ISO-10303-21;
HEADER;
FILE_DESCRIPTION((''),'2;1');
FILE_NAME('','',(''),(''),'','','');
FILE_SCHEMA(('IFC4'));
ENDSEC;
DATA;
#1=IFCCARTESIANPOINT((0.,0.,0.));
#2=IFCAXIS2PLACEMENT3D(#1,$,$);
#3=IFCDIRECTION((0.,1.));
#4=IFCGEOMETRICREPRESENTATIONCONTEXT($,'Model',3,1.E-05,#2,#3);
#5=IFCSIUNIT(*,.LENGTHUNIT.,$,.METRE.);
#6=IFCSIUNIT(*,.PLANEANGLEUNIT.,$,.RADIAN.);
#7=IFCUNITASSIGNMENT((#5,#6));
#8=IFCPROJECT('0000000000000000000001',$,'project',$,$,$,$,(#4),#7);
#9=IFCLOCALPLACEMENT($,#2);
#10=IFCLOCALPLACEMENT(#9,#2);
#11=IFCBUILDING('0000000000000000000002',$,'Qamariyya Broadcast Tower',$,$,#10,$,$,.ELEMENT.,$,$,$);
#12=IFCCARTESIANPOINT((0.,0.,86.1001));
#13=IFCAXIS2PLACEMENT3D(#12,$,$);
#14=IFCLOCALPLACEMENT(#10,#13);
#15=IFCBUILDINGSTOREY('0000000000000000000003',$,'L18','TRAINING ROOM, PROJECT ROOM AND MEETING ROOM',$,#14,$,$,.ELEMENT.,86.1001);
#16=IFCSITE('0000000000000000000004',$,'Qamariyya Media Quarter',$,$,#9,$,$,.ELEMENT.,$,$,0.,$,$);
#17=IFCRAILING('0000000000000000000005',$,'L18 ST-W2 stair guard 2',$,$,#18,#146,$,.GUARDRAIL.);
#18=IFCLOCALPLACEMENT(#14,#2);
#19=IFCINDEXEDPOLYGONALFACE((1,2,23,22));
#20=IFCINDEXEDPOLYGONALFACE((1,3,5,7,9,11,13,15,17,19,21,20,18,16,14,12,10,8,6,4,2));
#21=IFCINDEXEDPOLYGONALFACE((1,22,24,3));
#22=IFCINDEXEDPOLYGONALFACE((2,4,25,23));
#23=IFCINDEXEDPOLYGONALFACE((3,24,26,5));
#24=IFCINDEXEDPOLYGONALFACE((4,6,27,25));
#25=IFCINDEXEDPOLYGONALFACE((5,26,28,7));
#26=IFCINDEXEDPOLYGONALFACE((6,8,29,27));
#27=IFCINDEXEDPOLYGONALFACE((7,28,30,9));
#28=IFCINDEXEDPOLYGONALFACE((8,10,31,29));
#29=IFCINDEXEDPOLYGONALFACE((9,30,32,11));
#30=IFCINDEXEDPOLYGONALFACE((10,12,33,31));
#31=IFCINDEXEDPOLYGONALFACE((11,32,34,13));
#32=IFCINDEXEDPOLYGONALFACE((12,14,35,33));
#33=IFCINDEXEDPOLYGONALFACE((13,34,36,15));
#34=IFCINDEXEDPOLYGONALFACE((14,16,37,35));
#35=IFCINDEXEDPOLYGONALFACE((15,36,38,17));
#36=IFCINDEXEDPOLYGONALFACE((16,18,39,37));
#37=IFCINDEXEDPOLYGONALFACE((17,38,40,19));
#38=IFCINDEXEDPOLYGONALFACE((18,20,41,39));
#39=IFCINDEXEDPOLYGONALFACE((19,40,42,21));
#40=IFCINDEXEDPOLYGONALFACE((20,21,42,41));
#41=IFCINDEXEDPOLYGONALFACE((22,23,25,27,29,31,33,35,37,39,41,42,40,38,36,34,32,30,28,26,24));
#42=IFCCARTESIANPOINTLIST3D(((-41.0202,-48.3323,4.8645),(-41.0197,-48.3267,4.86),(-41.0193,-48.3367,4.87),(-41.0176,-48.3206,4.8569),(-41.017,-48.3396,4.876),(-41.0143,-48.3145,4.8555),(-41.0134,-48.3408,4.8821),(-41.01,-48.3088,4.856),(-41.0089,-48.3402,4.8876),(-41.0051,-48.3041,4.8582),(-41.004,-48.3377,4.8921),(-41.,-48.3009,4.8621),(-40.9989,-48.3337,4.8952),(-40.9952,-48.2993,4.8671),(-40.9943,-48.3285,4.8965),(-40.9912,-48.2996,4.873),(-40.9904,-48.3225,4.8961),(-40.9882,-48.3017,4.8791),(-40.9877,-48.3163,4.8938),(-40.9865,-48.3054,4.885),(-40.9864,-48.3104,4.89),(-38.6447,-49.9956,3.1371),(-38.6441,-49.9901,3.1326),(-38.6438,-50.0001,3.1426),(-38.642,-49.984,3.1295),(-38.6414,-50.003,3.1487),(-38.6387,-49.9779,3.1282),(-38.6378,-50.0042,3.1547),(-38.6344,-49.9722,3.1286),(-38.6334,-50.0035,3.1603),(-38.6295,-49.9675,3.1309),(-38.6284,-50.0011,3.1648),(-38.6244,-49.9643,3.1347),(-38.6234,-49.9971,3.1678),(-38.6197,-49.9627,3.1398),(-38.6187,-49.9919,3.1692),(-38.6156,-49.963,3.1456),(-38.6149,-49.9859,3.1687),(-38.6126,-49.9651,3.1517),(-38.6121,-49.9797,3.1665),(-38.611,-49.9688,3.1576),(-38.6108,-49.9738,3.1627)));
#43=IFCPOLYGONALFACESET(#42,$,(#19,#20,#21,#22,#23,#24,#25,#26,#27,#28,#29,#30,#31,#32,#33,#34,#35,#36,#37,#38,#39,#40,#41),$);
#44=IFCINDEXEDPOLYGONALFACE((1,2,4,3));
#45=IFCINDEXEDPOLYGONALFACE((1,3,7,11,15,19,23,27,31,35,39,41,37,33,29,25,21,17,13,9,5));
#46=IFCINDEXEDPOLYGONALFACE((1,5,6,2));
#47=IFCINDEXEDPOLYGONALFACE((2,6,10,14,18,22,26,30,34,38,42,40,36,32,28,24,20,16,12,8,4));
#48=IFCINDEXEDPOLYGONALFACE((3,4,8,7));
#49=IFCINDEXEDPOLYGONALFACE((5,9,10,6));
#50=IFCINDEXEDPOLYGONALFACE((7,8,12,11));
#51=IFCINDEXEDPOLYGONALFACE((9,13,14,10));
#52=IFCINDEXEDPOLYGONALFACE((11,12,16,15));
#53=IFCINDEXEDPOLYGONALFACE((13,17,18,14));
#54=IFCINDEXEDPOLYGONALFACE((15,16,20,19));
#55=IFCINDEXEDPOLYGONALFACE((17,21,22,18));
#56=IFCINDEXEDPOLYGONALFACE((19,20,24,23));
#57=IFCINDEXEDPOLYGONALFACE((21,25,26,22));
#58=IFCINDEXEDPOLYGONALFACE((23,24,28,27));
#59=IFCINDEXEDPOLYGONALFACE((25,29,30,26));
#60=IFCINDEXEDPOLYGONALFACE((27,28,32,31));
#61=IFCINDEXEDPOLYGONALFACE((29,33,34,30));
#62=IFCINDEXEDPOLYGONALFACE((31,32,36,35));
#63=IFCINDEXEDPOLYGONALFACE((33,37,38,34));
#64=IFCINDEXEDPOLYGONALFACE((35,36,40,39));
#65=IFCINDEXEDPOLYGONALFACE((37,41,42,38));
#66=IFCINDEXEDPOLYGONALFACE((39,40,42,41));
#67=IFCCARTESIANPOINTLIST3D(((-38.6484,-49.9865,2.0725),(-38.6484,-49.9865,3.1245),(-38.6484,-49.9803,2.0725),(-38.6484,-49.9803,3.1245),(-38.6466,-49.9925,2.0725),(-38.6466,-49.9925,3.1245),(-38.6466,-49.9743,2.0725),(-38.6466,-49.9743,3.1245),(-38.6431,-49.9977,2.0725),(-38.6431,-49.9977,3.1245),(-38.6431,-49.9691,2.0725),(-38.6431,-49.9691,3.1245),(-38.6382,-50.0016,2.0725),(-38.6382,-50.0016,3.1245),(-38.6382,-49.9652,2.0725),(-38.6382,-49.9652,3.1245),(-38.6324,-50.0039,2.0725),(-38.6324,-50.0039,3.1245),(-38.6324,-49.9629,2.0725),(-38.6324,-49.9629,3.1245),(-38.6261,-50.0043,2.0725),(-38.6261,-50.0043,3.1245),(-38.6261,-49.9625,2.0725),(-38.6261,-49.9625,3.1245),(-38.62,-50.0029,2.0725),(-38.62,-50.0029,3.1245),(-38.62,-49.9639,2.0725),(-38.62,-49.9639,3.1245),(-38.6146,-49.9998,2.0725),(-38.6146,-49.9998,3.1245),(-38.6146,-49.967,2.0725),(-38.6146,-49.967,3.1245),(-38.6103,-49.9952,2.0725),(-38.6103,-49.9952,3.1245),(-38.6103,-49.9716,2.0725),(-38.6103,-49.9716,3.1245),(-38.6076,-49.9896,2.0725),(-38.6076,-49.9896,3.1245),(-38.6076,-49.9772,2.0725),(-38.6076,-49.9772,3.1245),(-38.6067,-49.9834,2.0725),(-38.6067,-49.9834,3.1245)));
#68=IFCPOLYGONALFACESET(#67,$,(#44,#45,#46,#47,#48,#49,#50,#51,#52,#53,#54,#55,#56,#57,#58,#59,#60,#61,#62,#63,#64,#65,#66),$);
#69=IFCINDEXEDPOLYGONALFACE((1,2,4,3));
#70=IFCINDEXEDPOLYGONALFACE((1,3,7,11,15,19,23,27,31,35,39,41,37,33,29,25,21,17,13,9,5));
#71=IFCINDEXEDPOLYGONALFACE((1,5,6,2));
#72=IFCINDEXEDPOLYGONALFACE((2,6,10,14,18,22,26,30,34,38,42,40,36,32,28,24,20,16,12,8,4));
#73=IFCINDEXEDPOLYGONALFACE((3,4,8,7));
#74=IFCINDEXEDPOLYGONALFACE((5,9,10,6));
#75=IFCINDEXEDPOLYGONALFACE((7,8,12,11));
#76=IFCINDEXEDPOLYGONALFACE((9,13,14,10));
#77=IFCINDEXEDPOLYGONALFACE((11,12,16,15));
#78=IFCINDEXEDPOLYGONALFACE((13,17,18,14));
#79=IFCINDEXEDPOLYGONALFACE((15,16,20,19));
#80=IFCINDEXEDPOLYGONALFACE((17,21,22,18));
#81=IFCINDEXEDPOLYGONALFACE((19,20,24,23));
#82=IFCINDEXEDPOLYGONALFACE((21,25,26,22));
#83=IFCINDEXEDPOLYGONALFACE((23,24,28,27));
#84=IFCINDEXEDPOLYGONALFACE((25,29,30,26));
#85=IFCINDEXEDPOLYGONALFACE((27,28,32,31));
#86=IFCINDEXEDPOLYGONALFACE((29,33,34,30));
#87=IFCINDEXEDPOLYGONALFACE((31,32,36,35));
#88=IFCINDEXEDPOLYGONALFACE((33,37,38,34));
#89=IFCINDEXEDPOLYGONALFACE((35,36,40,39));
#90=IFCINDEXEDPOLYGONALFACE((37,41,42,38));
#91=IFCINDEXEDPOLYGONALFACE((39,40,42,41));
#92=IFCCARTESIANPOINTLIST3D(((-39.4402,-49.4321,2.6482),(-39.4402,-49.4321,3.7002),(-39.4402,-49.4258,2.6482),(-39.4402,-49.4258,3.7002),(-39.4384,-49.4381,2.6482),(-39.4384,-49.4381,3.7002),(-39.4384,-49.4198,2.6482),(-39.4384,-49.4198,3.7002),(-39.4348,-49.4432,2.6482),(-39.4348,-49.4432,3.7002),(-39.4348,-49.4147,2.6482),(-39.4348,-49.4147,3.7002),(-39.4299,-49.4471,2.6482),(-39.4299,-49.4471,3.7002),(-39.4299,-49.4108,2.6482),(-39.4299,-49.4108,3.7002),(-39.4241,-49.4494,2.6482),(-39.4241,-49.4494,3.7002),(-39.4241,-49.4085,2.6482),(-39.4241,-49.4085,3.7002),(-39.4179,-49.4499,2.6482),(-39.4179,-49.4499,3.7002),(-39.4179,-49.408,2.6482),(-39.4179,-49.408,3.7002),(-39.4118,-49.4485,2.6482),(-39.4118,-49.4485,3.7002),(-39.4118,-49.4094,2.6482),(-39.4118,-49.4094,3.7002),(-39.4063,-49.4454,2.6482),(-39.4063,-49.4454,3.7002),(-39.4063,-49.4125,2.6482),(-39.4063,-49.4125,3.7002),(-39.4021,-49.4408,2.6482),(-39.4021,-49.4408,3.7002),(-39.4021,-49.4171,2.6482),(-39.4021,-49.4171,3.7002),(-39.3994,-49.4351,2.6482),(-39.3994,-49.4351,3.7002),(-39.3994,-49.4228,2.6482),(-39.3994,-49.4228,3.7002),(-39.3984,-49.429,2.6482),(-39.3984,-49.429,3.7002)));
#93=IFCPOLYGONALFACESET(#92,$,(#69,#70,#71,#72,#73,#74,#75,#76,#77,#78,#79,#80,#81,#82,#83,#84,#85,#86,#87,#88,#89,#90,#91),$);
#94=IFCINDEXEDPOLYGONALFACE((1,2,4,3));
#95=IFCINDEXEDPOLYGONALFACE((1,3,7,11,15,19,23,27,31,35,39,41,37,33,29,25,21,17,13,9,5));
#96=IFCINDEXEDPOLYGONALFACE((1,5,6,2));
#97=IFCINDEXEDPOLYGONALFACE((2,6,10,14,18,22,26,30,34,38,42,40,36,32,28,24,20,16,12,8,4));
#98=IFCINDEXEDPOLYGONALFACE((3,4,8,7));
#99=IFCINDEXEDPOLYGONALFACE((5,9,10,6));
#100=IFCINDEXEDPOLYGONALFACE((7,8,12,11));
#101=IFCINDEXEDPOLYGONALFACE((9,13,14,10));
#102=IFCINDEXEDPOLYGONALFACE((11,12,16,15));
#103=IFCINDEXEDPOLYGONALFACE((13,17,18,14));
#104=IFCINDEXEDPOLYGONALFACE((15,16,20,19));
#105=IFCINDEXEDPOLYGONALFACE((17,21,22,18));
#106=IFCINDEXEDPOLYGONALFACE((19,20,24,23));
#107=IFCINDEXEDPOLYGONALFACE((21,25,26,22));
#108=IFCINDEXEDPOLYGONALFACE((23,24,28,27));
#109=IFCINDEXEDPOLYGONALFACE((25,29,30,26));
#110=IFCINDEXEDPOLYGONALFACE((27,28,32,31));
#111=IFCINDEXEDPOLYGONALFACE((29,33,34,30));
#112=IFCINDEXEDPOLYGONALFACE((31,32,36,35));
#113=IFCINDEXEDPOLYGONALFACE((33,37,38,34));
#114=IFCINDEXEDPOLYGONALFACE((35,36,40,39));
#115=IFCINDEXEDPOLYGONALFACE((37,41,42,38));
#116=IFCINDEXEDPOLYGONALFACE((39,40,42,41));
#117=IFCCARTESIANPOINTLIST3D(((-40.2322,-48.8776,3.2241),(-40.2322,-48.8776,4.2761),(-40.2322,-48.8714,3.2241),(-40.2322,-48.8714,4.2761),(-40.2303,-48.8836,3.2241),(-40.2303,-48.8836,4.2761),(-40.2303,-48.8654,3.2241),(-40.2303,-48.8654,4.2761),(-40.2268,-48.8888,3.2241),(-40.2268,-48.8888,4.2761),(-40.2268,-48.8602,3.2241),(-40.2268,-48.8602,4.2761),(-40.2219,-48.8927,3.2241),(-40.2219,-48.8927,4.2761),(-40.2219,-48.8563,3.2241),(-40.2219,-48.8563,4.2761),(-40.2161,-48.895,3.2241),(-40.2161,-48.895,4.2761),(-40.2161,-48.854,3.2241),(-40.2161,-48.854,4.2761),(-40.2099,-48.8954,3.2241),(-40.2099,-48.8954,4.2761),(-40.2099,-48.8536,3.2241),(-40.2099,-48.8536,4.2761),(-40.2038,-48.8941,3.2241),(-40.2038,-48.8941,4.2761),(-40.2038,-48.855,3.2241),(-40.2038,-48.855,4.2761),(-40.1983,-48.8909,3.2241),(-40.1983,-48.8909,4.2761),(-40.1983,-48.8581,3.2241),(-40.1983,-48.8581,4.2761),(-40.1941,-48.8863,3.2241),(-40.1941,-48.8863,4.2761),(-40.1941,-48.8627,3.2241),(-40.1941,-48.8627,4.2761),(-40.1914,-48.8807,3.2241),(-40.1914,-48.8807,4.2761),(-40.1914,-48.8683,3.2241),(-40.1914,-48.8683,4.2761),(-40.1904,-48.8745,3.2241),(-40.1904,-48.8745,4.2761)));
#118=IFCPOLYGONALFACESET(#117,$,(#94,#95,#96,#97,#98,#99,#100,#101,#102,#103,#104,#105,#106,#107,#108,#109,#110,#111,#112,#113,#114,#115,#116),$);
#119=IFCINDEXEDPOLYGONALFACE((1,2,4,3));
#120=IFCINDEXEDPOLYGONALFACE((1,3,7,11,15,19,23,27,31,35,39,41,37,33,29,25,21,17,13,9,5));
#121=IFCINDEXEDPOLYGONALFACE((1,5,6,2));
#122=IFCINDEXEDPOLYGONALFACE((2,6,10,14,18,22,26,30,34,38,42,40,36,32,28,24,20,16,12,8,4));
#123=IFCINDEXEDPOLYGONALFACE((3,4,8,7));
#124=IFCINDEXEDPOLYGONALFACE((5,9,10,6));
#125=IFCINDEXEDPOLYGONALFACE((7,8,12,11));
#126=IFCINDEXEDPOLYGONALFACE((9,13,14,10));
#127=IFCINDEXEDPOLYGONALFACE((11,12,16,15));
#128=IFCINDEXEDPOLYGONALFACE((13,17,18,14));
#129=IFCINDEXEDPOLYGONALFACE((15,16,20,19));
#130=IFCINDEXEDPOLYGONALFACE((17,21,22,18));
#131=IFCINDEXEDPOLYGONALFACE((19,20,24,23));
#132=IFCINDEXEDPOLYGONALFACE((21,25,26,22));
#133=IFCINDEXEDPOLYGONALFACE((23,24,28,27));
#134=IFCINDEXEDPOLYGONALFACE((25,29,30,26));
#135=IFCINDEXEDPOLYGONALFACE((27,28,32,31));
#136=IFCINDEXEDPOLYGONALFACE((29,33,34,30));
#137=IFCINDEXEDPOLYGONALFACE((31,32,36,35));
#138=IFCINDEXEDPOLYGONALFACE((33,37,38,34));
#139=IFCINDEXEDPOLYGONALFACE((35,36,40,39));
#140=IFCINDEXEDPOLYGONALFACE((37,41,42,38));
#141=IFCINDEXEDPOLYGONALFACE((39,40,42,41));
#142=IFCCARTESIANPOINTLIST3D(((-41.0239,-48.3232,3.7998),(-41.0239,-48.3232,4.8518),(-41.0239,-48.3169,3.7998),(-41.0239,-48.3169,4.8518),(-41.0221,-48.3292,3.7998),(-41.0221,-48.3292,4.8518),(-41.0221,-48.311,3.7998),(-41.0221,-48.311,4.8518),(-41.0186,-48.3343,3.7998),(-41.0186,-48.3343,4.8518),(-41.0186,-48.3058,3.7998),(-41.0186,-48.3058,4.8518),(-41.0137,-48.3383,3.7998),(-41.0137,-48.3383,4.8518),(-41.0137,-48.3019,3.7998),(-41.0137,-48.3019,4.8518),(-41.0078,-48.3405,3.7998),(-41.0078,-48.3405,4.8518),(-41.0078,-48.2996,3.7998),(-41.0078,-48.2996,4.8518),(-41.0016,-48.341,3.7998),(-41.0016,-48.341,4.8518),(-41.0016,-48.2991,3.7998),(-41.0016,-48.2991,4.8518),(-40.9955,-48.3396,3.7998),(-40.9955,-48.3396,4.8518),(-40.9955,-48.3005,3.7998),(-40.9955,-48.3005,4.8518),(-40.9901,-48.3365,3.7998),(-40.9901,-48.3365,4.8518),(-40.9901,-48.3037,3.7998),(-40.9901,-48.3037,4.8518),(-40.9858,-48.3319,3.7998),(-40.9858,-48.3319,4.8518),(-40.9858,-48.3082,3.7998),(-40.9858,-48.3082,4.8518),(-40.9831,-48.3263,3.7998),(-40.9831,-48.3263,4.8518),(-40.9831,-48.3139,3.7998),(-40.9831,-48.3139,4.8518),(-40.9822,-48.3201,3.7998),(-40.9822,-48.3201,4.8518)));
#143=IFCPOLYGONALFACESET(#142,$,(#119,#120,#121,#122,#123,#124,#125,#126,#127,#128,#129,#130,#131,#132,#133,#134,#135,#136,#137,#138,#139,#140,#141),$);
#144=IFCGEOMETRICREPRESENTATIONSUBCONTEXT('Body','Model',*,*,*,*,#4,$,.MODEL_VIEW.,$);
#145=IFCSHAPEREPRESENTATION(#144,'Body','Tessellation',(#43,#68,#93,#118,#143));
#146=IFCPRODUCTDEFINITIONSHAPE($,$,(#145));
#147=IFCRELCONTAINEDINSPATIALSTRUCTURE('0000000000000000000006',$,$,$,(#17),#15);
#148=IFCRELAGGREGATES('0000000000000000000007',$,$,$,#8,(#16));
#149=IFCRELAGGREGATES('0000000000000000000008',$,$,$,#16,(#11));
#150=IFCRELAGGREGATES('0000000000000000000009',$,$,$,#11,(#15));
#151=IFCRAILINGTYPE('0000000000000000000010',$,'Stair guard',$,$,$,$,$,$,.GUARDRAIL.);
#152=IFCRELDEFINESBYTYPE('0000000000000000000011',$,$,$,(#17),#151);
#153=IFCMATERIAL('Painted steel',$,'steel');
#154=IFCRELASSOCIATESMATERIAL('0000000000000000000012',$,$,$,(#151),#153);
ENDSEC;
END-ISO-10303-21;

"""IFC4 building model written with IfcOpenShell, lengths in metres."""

from ifc_helpers import new_model, si_unit, direction, frame, origin, origin_2d, place, context, subcontext, project, spatial, circle, extrude, material, type_object, element, save


model = new_model("IFC4")

# Units and contexts
model_context = context("Model", 3, precision=1e-05, world=origin(), true_north=direction((0.0, 1.0)))
body_context = subcontext(model_context, "Body", "Model", "MODEL_VIEW")
ifc_project = project(units=[si_unit("LENGTHUNIT", "METRE"), si_unit("PLANEANGLEUNIT", "RADIAN")], contexts=[model_context])

# Site, building, storey
site_placement = place(None, origin())
site = spatial("IfcSite", under=ifc_project, at=site_placement, Name="Qamariyya Media Quarter", CompositionType="ELEMENT", RefElevation=0.0)
building_placement = place(site_placement, origin())
building = spatial("IfcBuilding", under=site, at=building_placement, Name="Qamariyya Broadcast Tower", CompositionType="ELEMENT")
storey_placement = place(building_placement, frame((0.0, 0.0, 86.1001)))
storey = spatial("IfcBuildingStorey", under=building, at=storey_placement, Name="L18", Description="TRAINING ROOM, PROJECT ROOM AND MEETING ROOM", CompositionType="ELEMENT", Elevation=86.1001)

# Railing
ifc_material_1 = material(Name="Painted steel", Category="steel")
railing_type_1 = type_object("IfcRailingType", Name="Stair guard", PredefinedType="GUARDRAIL", material=ifc_material_1)
railing_1_placement = place(storey_placement, frame((-38.6277, -49.9834, 2.0725)))
element("IfcRailing", 1, at=railing_1_placement, inside=storey, type_object=railing_type_1, Name="L18 ST-W2 stair guard 2", PredefinedType="GUARDRAIL", context=body_context, shape_type="SweptSolid", body=[
    extrude(circle(Radius=0.0239, at=origin_2d()), frame((0.0, 0.0, 1.0762), z_axis=(-0.70377, 0.492784, 0.511734), x_axis=(-0.573575, -0.819153, 0.0)), (0.0, 0.0, 1.0), 3.3755),
    extrude(circle(Radius=0.021, at=origin_2d()), origin(), (0.0, 0.0, 1.0), 1.052),
    extrude(circle(Radius=0.021, at=origin_2d()), frame((-0.7917, 0.5544, 0.5757)), (0.0, 0.0, 1.0), 1.052),
    extrude(circle(Radius=0.021, at=origin_2d()), frame((-1.5837, 1.1089, 1.1516)), (0.0, 0.0, 1.0), 1.052),
    extrude(circle(Radius=0.021, at=origin_2d()), frame((-2.3755, 1.6633, 1.7273)), (0.0, 0.0, 1.0), 1.052),
])

save(model, "model.ifc")
